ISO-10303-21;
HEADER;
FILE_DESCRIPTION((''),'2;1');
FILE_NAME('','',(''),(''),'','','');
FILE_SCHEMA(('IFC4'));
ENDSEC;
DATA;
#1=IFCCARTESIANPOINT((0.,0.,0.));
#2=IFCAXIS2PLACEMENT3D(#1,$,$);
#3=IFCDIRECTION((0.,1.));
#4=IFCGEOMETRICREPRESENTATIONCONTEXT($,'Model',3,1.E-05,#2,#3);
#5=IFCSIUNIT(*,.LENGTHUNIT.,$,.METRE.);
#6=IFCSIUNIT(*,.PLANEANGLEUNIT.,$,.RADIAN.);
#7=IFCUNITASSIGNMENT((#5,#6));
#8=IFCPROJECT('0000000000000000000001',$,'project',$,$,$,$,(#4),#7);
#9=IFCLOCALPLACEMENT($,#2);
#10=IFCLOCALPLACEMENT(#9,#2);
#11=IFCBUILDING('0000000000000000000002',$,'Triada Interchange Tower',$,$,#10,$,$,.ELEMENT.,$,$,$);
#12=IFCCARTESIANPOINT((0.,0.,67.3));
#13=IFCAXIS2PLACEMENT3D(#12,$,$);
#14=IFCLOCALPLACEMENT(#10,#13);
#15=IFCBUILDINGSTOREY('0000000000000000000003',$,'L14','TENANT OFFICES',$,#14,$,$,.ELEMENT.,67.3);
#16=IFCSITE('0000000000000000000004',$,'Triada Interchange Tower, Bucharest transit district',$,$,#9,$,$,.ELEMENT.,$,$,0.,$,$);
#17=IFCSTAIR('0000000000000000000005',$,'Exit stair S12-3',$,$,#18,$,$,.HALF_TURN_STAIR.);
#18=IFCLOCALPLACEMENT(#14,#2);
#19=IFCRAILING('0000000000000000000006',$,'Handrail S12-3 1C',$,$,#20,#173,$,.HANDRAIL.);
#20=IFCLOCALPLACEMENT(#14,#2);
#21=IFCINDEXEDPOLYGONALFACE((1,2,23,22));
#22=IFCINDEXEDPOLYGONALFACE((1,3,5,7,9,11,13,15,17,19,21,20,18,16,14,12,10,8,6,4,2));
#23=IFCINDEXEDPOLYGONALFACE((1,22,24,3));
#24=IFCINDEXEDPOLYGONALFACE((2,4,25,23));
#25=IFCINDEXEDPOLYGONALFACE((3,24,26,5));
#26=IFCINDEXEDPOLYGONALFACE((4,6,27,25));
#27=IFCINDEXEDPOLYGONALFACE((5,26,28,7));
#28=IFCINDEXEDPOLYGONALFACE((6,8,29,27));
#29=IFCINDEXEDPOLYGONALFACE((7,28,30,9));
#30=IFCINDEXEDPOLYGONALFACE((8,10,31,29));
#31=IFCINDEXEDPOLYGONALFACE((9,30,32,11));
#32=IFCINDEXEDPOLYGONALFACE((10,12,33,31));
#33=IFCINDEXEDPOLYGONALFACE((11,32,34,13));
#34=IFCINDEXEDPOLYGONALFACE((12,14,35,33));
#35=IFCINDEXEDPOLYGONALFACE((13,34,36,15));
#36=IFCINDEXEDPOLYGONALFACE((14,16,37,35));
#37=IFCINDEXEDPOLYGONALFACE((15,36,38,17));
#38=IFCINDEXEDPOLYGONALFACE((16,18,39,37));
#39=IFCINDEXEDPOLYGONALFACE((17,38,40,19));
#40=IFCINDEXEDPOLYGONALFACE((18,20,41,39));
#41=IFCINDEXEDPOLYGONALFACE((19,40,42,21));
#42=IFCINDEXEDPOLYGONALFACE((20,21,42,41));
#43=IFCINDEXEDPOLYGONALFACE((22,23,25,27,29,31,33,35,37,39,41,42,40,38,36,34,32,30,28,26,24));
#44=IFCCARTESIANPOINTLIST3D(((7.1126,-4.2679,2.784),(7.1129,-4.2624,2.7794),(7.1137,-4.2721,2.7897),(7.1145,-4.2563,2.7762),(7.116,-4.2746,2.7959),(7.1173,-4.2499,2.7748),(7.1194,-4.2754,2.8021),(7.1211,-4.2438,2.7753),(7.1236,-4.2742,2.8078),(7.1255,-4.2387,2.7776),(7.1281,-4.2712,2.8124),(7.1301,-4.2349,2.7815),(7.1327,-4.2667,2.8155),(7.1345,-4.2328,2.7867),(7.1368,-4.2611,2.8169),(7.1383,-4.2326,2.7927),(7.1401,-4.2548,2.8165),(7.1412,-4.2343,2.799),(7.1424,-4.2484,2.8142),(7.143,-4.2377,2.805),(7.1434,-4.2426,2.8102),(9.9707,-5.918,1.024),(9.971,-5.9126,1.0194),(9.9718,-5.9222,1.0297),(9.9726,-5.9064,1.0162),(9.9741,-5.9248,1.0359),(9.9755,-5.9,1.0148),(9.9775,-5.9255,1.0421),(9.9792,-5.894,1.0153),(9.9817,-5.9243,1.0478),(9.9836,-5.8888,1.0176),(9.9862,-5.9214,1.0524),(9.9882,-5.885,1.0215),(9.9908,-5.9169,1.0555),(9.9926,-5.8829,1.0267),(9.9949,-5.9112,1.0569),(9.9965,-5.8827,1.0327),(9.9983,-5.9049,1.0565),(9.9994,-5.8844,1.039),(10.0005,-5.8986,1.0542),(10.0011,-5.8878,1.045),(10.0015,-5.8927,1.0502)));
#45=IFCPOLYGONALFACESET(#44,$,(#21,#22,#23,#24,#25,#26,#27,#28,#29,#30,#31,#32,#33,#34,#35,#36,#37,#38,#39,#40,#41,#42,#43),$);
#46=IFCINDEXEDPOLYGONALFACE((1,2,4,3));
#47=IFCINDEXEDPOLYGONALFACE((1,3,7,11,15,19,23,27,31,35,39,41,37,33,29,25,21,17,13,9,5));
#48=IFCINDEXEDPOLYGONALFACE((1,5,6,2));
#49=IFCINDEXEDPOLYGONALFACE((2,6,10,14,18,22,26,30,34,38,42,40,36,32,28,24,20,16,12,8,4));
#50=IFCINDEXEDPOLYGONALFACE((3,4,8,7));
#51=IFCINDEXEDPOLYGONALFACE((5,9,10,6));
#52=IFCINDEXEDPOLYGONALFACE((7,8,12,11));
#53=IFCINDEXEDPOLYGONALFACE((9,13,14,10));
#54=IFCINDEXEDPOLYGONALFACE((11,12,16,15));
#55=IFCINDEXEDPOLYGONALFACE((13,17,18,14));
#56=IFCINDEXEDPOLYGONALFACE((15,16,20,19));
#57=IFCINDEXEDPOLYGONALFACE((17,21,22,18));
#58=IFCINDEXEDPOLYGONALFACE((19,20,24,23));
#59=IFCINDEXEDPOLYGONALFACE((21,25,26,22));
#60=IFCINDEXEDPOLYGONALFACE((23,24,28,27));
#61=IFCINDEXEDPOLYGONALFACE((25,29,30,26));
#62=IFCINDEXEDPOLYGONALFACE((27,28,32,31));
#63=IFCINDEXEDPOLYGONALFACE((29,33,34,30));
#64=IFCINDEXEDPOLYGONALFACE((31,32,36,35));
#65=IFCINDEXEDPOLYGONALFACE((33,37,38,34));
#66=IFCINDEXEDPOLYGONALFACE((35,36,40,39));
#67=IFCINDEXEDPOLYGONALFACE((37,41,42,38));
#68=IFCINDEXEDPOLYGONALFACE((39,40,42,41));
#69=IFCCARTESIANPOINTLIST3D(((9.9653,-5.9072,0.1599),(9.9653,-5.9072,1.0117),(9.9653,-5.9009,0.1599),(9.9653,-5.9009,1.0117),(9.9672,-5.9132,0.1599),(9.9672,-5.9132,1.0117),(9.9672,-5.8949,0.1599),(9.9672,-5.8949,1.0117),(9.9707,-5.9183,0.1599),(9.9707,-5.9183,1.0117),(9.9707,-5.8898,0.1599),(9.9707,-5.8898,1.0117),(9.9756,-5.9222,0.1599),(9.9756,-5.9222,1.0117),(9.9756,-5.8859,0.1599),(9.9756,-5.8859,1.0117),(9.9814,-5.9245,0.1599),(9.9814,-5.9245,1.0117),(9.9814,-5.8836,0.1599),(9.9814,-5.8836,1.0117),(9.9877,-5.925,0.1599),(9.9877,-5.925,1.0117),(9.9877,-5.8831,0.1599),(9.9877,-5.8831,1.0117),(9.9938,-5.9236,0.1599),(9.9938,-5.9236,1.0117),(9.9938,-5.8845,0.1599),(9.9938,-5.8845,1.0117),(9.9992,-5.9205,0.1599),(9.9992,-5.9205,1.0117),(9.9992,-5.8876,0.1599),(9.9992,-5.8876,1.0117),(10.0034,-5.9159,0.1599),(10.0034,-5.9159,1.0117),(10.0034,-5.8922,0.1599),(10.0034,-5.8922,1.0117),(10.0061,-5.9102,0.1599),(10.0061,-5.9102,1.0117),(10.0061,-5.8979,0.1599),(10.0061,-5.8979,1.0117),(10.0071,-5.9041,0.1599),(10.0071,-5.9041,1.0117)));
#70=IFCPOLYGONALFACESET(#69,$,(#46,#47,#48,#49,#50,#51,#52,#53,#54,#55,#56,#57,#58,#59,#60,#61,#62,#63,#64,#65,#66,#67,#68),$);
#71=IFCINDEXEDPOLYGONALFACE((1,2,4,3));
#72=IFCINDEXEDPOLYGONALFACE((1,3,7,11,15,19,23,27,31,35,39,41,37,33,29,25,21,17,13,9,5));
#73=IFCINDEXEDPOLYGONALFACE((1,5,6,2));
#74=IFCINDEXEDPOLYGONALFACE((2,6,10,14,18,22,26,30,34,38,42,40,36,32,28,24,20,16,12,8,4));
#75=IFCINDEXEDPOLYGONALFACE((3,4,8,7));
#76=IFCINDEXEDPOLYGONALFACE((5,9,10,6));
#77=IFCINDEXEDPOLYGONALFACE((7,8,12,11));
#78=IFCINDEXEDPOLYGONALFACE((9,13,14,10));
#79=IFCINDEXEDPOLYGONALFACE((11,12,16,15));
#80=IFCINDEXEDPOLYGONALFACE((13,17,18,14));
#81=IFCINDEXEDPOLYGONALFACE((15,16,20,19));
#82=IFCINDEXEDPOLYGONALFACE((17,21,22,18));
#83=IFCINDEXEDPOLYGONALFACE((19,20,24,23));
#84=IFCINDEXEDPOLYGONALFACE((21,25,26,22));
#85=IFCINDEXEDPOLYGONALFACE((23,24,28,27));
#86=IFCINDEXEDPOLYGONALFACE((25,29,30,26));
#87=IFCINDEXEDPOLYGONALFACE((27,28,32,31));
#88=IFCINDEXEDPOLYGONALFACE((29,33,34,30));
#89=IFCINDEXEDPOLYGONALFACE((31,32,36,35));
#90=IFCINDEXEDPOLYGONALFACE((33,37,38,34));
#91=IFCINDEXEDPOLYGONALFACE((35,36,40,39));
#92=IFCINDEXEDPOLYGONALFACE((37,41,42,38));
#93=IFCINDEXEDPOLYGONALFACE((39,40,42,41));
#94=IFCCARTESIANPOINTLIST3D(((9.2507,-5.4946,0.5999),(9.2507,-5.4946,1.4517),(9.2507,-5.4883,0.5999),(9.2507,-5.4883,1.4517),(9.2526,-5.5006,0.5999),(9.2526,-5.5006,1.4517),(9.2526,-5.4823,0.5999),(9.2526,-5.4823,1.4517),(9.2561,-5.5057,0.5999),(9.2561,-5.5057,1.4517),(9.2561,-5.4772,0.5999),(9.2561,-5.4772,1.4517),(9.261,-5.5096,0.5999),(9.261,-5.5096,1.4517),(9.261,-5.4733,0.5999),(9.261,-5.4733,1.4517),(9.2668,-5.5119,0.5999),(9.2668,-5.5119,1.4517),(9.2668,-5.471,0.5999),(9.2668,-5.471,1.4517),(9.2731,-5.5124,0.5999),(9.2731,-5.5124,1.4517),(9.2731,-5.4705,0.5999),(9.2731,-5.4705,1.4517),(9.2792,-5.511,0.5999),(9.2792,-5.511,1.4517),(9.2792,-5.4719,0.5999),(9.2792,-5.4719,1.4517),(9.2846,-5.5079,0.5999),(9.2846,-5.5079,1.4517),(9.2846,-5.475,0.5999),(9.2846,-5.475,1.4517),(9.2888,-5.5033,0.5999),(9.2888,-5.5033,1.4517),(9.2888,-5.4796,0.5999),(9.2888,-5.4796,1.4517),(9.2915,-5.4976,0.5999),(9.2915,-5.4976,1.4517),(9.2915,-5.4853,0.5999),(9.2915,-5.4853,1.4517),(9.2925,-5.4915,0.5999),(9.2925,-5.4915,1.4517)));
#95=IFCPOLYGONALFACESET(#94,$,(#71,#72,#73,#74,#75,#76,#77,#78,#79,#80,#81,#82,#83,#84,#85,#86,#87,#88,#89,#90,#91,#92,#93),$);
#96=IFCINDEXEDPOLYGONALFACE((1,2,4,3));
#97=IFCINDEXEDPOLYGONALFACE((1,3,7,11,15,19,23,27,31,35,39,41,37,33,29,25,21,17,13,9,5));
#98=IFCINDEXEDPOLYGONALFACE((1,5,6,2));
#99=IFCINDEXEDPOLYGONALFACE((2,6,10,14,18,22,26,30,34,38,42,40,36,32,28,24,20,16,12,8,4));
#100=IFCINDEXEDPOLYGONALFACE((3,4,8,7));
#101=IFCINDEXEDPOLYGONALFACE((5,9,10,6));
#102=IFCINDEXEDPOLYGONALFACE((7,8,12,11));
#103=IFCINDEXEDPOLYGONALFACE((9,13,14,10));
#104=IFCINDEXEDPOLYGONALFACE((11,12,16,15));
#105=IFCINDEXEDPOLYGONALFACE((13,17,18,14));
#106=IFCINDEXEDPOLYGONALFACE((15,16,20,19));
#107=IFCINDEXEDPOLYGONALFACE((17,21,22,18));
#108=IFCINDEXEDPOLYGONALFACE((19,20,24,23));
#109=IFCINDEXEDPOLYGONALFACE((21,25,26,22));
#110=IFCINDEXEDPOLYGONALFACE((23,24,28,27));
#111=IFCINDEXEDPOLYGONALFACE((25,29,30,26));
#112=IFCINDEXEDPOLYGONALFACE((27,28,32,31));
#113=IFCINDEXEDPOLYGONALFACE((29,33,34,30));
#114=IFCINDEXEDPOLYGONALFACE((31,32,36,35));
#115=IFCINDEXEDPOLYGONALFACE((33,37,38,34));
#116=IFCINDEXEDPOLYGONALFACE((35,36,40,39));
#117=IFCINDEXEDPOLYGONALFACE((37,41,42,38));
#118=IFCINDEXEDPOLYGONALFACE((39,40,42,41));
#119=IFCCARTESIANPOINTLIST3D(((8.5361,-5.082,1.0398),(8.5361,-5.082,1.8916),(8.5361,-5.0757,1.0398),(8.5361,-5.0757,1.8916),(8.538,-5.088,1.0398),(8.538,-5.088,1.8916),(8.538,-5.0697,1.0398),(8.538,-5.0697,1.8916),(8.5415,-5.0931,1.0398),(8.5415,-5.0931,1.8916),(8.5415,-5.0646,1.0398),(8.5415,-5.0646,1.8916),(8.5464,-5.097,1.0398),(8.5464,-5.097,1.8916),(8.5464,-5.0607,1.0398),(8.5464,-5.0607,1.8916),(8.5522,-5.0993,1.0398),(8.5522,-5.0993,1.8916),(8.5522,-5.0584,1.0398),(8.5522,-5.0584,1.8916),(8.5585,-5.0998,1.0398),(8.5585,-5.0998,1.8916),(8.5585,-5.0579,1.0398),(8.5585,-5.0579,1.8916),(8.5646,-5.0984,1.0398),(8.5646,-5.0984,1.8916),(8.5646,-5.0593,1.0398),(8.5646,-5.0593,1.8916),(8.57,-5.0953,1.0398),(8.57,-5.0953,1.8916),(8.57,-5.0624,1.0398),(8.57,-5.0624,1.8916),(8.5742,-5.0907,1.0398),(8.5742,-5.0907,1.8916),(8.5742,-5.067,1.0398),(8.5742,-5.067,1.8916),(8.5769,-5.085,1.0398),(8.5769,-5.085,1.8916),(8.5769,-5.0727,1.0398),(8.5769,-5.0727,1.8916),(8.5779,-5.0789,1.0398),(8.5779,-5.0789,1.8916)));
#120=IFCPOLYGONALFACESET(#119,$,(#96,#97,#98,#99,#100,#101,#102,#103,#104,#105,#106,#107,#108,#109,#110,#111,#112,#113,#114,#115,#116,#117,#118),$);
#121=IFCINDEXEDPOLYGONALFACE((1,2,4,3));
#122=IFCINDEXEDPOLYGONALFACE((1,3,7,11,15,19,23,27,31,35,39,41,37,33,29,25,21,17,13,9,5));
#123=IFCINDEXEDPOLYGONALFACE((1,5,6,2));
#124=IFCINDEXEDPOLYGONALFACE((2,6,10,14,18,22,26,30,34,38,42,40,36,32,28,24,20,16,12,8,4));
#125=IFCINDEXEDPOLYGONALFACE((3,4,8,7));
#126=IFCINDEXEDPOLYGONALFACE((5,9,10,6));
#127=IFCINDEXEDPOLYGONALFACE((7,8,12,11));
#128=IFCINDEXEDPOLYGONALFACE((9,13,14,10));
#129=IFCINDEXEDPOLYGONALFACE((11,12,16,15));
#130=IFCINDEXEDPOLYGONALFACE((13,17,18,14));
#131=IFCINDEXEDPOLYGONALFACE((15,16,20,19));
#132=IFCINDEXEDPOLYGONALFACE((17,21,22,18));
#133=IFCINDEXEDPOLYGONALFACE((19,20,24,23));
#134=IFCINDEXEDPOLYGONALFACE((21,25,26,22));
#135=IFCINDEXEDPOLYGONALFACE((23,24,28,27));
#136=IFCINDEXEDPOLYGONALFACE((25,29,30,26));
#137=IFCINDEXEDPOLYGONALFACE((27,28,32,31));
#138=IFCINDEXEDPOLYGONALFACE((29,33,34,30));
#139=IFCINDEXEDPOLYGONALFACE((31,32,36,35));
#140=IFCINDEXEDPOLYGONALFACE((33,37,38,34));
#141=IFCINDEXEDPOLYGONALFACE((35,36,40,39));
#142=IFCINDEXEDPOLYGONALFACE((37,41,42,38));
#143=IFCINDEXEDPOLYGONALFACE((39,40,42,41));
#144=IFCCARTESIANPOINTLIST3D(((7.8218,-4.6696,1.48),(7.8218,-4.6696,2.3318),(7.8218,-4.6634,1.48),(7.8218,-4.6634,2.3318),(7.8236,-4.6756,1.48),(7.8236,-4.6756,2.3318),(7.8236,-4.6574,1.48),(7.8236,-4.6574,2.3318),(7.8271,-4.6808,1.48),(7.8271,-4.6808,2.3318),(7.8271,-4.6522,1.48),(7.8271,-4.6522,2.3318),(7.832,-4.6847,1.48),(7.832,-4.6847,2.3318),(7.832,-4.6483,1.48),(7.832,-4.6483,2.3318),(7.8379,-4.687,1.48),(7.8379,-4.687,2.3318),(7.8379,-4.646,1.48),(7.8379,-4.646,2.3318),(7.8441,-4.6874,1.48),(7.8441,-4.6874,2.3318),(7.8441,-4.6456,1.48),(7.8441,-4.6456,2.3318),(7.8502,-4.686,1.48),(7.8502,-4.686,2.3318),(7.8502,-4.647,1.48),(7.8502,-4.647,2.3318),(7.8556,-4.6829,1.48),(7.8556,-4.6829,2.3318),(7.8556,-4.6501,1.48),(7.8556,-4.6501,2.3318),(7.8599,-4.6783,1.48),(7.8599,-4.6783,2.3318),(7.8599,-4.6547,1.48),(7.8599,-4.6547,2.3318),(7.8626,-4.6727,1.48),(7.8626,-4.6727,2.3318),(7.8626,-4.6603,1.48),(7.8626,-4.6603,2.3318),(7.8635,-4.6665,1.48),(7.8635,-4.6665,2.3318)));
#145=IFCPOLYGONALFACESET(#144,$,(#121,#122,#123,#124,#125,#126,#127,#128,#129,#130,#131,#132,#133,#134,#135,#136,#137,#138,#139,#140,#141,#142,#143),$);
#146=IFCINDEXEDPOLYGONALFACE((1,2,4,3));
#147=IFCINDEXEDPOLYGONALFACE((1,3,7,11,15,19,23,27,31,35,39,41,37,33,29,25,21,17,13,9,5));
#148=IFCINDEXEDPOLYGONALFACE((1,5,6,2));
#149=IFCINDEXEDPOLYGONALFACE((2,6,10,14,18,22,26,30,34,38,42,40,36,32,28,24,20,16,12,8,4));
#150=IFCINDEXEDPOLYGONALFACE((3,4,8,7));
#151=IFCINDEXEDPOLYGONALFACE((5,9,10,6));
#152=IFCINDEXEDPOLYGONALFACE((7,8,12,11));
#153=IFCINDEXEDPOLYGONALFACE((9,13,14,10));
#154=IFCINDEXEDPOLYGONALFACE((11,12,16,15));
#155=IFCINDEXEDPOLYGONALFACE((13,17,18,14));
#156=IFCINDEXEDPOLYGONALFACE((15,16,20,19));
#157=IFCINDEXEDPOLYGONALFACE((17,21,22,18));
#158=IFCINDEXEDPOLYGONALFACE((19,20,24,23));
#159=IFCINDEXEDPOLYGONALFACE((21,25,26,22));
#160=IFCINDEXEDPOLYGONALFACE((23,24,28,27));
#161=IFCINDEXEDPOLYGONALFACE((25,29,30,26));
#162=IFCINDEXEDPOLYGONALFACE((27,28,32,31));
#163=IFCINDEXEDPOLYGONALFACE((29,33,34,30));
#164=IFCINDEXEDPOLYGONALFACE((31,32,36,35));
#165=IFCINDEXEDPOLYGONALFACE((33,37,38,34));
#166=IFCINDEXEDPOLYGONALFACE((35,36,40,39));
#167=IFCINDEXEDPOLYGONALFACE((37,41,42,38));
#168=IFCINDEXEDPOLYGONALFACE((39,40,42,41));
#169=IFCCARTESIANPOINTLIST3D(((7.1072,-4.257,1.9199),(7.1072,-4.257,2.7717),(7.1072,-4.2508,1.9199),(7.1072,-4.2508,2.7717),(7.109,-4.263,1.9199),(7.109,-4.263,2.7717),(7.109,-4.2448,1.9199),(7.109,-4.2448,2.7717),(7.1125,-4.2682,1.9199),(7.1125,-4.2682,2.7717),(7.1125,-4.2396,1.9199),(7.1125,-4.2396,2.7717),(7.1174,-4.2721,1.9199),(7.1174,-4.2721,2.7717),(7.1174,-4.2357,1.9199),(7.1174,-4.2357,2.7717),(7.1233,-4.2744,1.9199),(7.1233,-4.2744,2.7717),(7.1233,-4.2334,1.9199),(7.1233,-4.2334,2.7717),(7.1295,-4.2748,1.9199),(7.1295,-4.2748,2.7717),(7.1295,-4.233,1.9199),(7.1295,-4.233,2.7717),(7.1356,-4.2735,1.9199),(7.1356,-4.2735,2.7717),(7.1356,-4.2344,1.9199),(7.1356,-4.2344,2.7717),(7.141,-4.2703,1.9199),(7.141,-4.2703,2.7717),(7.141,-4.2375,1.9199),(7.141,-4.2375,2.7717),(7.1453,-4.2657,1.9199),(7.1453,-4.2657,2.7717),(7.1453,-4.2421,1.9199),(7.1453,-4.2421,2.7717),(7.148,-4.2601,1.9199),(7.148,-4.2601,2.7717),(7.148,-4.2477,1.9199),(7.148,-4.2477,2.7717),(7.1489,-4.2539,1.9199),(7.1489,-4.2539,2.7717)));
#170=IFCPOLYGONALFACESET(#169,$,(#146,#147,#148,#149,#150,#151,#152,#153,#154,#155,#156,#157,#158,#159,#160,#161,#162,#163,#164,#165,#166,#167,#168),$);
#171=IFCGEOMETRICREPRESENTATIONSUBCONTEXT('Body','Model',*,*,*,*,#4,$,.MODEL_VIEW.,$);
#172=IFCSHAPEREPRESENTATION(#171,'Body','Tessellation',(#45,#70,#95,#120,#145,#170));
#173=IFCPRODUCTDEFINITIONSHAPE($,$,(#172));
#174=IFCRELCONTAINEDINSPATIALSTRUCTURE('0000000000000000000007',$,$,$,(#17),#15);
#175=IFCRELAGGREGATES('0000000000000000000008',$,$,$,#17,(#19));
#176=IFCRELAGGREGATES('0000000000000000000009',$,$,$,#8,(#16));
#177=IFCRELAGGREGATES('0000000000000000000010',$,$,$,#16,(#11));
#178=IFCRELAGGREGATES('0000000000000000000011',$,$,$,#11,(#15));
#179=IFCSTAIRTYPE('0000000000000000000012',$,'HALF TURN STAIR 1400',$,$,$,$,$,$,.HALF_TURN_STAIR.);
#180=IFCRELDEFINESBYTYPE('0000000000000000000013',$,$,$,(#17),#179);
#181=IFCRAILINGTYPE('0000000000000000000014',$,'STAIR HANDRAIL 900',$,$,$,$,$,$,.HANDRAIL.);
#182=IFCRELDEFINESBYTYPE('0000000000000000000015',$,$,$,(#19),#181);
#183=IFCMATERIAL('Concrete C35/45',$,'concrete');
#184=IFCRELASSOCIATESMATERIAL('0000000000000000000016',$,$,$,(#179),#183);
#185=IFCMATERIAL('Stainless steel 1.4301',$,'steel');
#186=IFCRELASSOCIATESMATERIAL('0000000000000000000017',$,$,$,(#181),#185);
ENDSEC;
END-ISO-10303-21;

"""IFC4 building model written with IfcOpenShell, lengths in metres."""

from ifc_helpers import new_model, si_unit, direction, frame, origin, origin_2d, place, context, subcontext, project, spatial, circle, extrude, material, type_object, element, aggregate, save


model = new_model("IFC4")

# Units and contexts
model_context = context("Model", 3, precision=1e-05, world=origin(), true_north=direction((0.0, 1.0)))
body_context = subcontext(model_context, "Body", "Model", "MODEL_VIEW")
ifc_project = project(units=[si_unit("LENGTHUNIT", "METRE"), si_unit("PLANEANGLEUNIT", "RADIAN")], contexts=[model_context])

# Site, building, storey
site_placement = place(None, origin())
site = spatial("IfcSite", under=ifc_project, at=site_placement, Name="Triada Interchange Tower, Bucharest transit district", CompositionType="ELEMENT", RefElevation=0.0)
building_placement = place(site_placement, origin())
building = spatial("IfcBuilding", under=site, at=building_placement, Name="Triada Interchange Tower", CompositionType="ELEMENT")
storey_placement = place(building_placement, frame((0.0, 0.0, 67.3)))
storey = spatial("IfcBuildingStorey", under=building, at=storey_placement, Name="L14", Description="TENANT OFFICES", CompositionType="ELEMENT", Elevation=67.3)

# Stair, railing
ifc_material_1 = material(Name="Concrete C35/45", Category="concrete")
stair_type = type_object("IfcStairType", Name="HALF TURN STAIR 1400", PredefinedType="HALF_TURN_STAIR", material=ifc_material_1)
stair_placement = place(storey_placement, origin())
stair = element("IfcStair", 1, at=stair_placement, inside=storey, type_object=stair_type, Name="Exit stair S12-3", PredefinedType="HALF_TURN_STAIR")
ifc_material_2 = material(Name="Stainless steel 1.4301", Category="steel")
railing_type = type_object("IfcRailingType", Name="STAIR HANDRAIL 900", PredefinedType="HANDRAIL", material=ifc_material_2)
railing_1_placement = place(storey_placement, frame((9.9861, -5.9041, 0.1599)))
railing_1 = element("IfcRailing", 2, at=railing_1_placement, type_object=railing_type, Name="Handrail S12-3 1C", PredefinedType="HANDRAIL", context=body_context, shape_type="SweptSolid", body=[
    extrude(circle(Radius=0.0239, at=origin_2d()), frame((0.0, 0.0, 0.876), z_axis=(-0.764156, 0.441183, 0.470556), x_axis=(-0.499998, -0.866027, 0.0)), (0.0, 0.0, 1.0), 3.7402),
    extrude(circle(Radius=0.021, at=origin_2d()), origin(), (0.0, 0.0, 1.0), 0.8518),
    extrude(circle(Radius=0.021, at=origin_2d()), frame((-0.7146, 0.4126, 0.4399)), (0.0, 0.0, 1.0), 0.8518),
    extrude(circle(Radius=0.021, at=origin_2d()), frame((-1.4292, 0.8252, 0.8799)), (0.0, 0.0, 1.0), 0.8518),
    extrude(circle(Radius=0.021, at=origin_2d()), frame((-2.1436, 1.2375, 1.3201)), (0.0, 0.0, 1.0), 0.8518),
    extrude(circle(Radius=0.021, at=origin_2d()), frame((-2.8582, 1.6501, 1.76)), (0.0, 0.0, 1.0), 0.8518),
])
aggregate(stair, [railing_1])

save(model, "model.ifc")
